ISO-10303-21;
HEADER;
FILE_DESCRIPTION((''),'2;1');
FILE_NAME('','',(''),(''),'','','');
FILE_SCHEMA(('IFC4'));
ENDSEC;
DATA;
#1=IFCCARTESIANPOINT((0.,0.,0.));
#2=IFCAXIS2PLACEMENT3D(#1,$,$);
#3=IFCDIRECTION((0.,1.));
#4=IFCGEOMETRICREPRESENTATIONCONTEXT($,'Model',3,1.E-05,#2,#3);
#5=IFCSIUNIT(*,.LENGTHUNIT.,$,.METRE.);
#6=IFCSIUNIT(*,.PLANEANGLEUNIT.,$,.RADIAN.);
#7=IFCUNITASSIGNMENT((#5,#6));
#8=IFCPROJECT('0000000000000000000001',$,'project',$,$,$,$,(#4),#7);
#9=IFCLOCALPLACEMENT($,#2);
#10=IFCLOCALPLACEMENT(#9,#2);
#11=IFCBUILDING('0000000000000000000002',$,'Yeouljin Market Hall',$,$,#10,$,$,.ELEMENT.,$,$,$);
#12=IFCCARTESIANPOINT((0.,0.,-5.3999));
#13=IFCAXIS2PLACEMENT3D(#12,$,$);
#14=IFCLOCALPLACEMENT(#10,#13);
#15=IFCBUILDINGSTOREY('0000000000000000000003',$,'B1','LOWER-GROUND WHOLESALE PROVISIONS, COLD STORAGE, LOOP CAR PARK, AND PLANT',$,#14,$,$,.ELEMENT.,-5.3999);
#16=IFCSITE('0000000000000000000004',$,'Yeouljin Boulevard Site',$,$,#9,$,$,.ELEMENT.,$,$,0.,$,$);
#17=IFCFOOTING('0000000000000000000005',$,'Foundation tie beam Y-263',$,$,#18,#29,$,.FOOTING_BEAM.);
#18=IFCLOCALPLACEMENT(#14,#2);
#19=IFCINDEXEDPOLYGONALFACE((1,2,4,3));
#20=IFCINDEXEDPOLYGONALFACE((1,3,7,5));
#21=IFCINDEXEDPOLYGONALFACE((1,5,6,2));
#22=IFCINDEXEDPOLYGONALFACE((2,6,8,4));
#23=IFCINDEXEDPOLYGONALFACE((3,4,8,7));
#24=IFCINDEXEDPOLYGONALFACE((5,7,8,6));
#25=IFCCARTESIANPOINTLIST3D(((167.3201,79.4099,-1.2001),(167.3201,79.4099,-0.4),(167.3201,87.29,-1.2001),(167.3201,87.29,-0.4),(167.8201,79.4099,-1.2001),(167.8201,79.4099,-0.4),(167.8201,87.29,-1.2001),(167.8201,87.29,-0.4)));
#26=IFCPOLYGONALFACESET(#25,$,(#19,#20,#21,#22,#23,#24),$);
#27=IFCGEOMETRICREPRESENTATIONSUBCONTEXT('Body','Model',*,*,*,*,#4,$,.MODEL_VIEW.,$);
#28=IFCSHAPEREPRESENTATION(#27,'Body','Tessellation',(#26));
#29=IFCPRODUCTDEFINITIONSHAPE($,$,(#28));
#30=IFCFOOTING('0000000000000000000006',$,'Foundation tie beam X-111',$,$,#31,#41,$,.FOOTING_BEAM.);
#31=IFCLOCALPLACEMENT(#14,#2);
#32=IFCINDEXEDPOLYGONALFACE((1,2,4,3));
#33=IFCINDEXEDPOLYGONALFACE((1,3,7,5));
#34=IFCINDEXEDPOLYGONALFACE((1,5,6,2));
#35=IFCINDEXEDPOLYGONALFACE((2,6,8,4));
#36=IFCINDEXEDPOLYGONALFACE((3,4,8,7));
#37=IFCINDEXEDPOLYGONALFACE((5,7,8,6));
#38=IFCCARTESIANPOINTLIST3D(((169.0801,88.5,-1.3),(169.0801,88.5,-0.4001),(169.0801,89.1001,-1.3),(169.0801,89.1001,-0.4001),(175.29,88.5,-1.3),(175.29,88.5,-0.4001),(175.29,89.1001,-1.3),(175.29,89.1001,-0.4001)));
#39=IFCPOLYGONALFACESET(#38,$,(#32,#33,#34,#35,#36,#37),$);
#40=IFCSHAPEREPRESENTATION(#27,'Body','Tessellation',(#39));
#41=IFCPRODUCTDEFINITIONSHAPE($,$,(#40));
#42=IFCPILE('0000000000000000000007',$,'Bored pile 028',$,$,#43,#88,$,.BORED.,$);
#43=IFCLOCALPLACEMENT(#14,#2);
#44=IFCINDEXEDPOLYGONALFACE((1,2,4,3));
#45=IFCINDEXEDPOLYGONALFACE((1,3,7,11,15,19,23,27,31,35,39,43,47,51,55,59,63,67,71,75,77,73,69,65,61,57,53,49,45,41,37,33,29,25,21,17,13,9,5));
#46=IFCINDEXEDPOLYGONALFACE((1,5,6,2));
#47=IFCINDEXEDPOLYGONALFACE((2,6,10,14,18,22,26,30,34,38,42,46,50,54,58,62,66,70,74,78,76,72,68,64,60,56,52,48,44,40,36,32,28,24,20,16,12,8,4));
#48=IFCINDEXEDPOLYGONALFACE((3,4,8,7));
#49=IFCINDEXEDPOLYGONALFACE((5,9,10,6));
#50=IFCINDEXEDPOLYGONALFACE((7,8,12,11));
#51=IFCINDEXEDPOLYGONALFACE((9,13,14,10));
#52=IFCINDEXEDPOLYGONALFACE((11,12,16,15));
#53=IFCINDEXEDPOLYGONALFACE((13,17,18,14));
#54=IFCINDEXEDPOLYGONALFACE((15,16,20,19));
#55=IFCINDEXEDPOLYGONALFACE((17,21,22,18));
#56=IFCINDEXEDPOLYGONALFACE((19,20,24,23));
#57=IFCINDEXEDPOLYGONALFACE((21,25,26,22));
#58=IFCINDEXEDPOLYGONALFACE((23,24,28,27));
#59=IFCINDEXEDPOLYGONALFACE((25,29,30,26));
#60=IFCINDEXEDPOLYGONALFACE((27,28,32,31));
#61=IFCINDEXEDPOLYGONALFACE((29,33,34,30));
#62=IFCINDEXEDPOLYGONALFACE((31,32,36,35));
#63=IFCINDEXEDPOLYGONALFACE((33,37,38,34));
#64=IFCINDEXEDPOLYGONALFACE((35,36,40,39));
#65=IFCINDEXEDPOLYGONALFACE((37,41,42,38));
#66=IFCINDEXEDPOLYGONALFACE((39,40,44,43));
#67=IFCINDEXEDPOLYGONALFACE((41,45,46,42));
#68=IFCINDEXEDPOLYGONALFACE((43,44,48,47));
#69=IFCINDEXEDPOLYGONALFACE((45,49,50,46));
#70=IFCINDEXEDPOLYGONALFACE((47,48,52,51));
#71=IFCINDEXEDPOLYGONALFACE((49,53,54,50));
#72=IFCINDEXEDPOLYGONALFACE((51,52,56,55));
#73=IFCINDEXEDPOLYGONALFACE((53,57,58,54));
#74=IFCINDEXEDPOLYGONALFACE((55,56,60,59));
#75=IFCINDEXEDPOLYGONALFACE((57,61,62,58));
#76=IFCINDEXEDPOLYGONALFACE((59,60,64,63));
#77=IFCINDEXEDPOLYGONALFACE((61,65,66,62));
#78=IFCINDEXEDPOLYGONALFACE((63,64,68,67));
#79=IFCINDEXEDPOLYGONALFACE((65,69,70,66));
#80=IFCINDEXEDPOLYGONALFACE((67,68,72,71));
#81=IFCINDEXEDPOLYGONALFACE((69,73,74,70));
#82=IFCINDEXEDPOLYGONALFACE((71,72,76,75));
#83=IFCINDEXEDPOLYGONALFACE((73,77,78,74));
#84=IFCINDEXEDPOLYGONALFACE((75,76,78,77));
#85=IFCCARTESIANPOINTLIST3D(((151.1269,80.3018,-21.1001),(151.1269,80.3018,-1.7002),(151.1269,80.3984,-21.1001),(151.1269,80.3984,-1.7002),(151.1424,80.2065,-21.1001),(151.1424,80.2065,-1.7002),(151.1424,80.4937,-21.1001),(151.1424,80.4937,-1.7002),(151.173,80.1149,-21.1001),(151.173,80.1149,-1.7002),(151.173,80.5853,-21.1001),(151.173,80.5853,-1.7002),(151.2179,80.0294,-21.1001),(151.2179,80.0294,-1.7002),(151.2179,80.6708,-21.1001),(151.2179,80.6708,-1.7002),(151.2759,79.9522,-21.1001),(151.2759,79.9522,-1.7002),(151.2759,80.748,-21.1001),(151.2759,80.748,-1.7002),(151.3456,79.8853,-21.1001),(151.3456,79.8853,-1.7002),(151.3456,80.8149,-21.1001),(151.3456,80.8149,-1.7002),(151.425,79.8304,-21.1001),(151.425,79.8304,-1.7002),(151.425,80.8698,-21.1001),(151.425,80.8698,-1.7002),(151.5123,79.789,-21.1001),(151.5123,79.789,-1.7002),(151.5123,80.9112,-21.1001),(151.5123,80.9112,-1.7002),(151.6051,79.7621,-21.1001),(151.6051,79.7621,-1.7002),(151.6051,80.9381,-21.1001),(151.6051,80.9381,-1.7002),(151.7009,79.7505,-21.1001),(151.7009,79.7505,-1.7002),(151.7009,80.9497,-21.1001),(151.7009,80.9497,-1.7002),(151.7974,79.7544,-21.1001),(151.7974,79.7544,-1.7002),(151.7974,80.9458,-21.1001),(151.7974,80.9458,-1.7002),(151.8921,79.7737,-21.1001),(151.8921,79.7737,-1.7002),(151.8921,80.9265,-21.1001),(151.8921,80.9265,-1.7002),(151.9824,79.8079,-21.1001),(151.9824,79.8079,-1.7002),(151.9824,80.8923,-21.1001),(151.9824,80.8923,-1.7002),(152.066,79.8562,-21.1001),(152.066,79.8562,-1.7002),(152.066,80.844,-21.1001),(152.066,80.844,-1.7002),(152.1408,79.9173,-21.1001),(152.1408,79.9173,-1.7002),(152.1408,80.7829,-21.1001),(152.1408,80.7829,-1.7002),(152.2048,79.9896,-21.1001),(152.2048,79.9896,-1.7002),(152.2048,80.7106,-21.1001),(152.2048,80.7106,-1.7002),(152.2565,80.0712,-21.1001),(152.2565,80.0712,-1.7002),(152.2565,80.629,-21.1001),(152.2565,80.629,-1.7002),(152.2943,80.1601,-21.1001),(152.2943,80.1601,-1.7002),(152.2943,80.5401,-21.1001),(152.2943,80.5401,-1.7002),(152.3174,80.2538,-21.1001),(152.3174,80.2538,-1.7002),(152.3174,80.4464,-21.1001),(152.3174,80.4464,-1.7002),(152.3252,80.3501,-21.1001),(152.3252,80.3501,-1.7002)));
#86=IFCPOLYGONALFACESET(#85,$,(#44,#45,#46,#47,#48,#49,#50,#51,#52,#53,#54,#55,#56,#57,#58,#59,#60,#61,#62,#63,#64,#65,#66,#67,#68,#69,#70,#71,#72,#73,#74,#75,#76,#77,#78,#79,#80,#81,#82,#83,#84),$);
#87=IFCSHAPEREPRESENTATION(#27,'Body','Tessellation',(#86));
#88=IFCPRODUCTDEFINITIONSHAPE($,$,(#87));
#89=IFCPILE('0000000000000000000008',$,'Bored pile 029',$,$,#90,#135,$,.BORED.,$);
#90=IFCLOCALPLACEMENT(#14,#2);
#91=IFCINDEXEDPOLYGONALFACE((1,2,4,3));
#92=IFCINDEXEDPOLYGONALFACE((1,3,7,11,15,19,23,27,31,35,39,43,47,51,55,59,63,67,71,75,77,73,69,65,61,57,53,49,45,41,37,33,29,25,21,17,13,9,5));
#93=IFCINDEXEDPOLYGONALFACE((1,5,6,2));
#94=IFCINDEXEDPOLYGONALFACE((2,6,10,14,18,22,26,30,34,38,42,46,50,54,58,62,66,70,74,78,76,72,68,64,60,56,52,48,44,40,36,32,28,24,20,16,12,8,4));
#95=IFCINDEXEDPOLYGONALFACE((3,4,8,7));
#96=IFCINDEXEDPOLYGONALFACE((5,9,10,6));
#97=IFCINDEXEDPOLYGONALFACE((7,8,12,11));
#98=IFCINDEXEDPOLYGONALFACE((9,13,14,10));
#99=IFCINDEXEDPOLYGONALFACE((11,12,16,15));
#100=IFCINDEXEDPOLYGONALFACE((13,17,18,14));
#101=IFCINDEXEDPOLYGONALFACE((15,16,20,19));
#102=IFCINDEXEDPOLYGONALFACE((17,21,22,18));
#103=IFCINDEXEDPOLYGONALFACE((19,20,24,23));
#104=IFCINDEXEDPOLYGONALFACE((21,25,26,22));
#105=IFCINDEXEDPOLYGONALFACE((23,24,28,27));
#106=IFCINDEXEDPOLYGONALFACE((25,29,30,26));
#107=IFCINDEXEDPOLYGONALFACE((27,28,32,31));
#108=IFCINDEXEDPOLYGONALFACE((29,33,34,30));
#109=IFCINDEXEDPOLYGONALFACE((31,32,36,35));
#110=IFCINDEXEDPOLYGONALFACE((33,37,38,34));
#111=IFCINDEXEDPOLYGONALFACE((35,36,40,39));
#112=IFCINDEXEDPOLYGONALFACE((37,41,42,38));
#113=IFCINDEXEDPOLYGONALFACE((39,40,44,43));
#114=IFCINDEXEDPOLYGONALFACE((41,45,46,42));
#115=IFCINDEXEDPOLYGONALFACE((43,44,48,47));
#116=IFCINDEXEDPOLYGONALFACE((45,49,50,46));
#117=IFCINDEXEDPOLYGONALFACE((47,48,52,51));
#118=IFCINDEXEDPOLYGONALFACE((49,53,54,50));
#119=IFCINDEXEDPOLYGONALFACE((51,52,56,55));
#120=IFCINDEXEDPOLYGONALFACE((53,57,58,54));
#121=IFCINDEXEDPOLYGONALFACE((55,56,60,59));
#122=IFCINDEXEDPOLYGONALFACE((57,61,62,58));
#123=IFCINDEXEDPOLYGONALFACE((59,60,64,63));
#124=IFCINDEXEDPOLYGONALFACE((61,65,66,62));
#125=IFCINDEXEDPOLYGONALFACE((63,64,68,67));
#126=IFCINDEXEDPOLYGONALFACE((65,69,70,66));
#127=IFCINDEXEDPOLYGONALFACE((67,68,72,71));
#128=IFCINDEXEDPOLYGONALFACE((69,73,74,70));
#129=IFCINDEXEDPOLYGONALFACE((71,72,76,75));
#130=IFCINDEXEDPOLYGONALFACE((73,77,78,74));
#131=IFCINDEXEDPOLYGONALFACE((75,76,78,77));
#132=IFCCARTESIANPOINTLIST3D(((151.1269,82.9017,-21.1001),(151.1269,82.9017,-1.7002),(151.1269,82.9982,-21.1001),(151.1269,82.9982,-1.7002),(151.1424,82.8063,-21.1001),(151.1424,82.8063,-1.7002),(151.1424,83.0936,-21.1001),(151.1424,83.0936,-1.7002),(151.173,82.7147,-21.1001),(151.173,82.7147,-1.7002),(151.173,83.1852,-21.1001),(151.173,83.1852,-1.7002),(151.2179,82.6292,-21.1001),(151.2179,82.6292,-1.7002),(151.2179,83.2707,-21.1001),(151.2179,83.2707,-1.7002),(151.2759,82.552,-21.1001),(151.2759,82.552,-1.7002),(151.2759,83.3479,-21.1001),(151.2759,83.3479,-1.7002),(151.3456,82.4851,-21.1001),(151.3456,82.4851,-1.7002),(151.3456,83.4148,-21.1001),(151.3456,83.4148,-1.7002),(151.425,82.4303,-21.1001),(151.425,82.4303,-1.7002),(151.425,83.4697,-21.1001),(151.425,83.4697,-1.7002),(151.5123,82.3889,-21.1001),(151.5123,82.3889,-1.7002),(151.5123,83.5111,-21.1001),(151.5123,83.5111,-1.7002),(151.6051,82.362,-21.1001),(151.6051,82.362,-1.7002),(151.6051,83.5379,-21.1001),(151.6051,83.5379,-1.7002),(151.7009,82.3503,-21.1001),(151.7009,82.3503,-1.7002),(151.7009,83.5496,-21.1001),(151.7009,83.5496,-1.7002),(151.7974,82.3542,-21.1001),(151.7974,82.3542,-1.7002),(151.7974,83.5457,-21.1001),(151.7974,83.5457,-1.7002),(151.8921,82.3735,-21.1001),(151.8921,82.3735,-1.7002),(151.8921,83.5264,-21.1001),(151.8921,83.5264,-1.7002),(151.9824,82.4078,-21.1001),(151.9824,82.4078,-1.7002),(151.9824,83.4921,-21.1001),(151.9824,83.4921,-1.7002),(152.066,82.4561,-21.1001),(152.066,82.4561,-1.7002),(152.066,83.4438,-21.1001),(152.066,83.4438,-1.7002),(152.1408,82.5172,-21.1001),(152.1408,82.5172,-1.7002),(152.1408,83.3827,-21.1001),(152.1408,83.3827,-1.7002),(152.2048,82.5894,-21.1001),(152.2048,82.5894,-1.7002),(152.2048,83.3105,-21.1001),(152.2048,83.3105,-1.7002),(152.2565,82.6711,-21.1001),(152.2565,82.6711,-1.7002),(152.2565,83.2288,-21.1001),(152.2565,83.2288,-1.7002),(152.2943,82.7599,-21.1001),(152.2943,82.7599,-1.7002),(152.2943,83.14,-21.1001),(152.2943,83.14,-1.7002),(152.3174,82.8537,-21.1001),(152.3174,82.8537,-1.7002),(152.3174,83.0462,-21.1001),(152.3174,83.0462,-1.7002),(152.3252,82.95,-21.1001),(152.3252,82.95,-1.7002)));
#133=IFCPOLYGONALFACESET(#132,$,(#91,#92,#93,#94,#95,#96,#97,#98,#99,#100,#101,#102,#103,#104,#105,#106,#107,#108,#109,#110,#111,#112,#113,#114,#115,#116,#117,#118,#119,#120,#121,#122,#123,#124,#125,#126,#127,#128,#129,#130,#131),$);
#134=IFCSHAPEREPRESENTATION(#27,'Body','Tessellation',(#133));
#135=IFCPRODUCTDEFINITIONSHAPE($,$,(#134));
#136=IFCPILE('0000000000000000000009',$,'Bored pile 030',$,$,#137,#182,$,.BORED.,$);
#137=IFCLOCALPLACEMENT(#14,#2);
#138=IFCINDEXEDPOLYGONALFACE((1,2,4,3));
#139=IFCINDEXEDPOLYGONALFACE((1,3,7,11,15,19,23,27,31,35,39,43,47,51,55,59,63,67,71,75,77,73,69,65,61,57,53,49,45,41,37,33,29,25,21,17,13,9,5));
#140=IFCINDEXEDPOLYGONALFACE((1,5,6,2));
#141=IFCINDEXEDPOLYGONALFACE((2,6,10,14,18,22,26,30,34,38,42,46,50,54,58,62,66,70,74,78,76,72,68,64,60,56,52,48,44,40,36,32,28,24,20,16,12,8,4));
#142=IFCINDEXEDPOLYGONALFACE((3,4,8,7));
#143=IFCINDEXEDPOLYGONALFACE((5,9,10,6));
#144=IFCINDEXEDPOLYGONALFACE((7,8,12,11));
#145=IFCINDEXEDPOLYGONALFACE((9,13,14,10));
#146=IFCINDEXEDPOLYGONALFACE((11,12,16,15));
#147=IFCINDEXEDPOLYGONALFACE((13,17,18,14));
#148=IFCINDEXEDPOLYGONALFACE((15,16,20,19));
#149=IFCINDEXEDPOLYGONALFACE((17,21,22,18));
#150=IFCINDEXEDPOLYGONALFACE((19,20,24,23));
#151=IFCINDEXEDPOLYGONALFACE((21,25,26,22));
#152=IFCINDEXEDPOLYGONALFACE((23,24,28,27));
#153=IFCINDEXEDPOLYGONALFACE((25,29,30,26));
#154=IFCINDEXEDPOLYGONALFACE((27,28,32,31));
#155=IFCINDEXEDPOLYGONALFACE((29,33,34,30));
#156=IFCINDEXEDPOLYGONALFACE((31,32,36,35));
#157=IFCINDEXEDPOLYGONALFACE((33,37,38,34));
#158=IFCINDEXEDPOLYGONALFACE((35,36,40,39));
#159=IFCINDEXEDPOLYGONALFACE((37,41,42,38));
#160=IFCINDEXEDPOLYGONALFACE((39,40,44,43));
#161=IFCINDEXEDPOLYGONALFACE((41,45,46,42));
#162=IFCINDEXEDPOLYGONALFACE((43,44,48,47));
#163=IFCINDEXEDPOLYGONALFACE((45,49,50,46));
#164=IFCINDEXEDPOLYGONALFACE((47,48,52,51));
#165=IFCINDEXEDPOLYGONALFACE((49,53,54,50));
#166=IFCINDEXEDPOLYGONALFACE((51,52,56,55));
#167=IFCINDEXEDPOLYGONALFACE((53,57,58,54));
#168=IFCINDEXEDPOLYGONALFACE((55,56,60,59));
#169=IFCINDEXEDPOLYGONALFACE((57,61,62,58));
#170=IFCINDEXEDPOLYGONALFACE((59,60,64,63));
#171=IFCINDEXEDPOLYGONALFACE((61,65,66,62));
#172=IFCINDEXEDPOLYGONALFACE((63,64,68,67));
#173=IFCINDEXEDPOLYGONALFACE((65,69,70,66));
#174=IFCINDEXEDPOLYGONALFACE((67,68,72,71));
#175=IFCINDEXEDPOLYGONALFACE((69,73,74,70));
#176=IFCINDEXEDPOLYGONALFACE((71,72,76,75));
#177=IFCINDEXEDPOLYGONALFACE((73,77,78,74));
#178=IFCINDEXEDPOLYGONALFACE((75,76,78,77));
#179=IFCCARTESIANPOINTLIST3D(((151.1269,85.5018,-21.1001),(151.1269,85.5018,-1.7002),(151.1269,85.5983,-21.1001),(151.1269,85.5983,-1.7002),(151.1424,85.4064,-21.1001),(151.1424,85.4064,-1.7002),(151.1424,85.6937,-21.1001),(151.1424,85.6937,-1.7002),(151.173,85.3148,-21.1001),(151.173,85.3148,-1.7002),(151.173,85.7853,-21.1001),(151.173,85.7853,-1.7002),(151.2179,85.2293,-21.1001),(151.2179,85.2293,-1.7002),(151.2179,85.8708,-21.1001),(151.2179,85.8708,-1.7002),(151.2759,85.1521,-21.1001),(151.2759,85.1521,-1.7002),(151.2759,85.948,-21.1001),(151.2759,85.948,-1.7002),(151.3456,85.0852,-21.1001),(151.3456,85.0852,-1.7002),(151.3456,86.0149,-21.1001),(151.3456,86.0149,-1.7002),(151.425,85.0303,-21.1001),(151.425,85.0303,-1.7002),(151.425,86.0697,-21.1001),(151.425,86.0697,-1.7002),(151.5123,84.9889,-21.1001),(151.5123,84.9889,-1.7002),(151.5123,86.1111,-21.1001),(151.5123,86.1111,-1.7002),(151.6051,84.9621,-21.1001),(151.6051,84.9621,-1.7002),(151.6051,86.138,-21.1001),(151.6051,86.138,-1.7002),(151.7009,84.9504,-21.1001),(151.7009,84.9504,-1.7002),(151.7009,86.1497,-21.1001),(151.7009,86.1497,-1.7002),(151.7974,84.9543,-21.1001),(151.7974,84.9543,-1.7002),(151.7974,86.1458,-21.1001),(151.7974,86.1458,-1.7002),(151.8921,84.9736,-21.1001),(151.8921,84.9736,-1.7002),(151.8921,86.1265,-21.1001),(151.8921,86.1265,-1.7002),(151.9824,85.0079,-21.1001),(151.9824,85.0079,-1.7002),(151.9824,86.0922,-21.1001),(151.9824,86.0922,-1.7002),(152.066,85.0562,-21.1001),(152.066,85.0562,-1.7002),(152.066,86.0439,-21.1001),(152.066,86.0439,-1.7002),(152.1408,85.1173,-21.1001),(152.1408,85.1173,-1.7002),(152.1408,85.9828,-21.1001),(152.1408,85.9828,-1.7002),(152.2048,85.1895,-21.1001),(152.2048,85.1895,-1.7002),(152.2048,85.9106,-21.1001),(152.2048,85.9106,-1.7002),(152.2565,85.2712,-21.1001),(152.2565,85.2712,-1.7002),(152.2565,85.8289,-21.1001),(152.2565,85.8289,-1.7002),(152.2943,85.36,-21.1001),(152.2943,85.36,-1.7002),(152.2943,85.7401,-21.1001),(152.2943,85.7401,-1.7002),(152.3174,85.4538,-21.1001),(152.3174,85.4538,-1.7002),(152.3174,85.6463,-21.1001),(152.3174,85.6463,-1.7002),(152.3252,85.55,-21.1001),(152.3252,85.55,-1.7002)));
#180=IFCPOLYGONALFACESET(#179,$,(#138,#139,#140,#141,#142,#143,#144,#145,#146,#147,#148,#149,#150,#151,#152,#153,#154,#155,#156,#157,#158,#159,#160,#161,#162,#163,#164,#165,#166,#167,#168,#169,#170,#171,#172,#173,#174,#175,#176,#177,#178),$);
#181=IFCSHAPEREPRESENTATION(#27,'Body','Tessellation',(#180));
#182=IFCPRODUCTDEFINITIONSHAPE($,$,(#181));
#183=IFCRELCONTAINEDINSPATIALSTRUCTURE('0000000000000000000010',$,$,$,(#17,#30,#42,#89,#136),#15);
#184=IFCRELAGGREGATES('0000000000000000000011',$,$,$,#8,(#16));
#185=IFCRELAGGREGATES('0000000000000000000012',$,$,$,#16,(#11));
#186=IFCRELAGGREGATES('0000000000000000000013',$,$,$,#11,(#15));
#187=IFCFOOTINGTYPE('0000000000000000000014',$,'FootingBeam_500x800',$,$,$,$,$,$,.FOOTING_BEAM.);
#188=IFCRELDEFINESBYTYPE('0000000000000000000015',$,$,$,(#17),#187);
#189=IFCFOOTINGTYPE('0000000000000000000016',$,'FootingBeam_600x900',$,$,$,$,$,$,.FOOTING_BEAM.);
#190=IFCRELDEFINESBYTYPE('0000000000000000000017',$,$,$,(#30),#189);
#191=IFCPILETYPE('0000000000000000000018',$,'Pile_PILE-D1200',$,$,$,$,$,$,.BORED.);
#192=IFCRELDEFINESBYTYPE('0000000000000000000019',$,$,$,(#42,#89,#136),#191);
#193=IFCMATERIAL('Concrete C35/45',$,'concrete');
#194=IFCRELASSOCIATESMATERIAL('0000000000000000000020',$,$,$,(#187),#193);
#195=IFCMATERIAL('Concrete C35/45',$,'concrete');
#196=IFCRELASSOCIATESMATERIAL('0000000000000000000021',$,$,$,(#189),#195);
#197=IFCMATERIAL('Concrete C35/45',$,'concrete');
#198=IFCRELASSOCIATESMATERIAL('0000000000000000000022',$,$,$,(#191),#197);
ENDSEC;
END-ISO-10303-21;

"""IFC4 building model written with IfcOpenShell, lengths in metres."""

from ifc_helpers import new_model, si_unit, direction, frame, origin, origin_2d, place, context, subcontext, project, spatial, rectangle, circle, extrude, material, material_profile, profile_set, type_object, element, save


model = new_model("IFC4")

# Units and contexts
model_context = context("Model", 3, precision=1e-05, world=origin(), true_north=direction((0.0, 1.0)))
body_context = subcontext(model_context, "Body", "Model", "MODEL_VIEW")
ifc_project = project(units=[si_unit("LENGTHUNIT", "METRE"), si_unit("PLANEANGLEUNIT", "RADIAN")], contexts=[model_context])

# Site, building, storey
site_placement = place(None, origin())
site = spatial("IfcSite", under=ifc_project, at=site_placement, Name="Yeouljin Boulevard Site", CompositionType="ELEMENT", RefElevation=0.0)
building_placement = place(site_placement, origin())
building = spatial("IfcBuilding", under=site, at=building_placement, Name="Yeouljin Market Hall", CompositionType="ELEMENT")
storey_placement = place(building_placement, frame((0.0, 0.0, -5.3999)))
storey = spatial("IfcBuildingStorey", under=building, at=storey_placement, Name="B1", Description="LOWER-GROUND WHOLESALE PROVISIONS, COLD STORAGE, LOOP CAR PARK, AND PLANT", CompositionType="ELEMENT", Elevation=-5.3999)

# Footings
ifc_material_1 = material(Name="Concrete C35/45", Category="concrete")
ifc_material_profile_1 = material_profile(ifc_material_1, rectangle(XDim=0.5, YDim=0.8, at=origin_2d()), Name="RC-500x800")
ifc_profile_set_1 = profile_set([ifc_material_profile_1], Name="Concrete C35/45")
footing_type_1 = type_object("IfcFootingType", Name="FootingBeam_500x800", PredefinedType="FOOTING_BEAM", material=ifc_profile_set_1)
footing_1_placement = place(storey_placement, frame((167.5701, 79.4099, -0.8), z_axis=(0.0, 1.0, 0.0), x_axis=(-1.0, 0.0, 0.0)))
element("IfcFooting", 1, at=footing_1_placement, inside=storey, type_object=footing_type_1, Name="Foundation tie beam Y-263", PredefinedType="FOOTING_BEAM", context=body_context, shape_type="SweptSolid", body=[
    extrude(rectangle(XDim=0.5, YDim=0.8, at=origin_2d()), origin(), (0.0, 0.0, 1.0), 7.8801),
])
ifc_material_2 = material(Name="Concrete C35/45", Category="concrete")
ifc_material_profile_2 = material_profile(ifc_material_2, rectangle(XDim=0.6001, YDim=0.8999, at=origin_2d()), Name="RC-600x900")
ifc_profile_set_2 = profile_set([ifc_material_profile_2], Name="Concrete C35/45")
footing_type_2 = type_object("IfcFootingType", Name="FootingBeam_600x900", PredefinedType="FOOTING_BEAM", material=ifc_profile_set_2)
footing_2_placement = place(storey_placement, frame((169.0801, 88.8, -0.8501), z_axis=(1.0, 0.0, 0.0), x_axis=(0.0, 1.0, 0.0)))
element("IfcFooting", 2, at=footing_2_placement, inside=storey, type_object=footing_type_2, Name="Foundation tie beam X-111", PredefinedType="FOOTING_BEAM", context=body_context, shape_type="SweptSolid", body=[
    extrude(rectangle(XDim=0.6001, YDim=0.8999, at=origin_2d()), origin(), (0.0, 0.0, 1.0), 6.21),
])

# Piles
ifc_material_3 = material(Name="Concrete C35/45", Category="concrete")
ifc_material_profile_3 = material_profile(ifc_material_3, circle(Radius=0.6001, at=origin_2d()), Name="PILE-D1200")
ifc_profile_set_3 = profile_set([ifc_material_profile_3], Name="Concrete C35/45")
pile_type = type_object("IfcPileType", Name="Pile_PILE-D1200", PredefinedType="BORED", material=ifc_profile_set_3)
for number, where, z_axis, x_axis, name in (
    (3, (151.7251, 80.3501, -1.7002), (0.0, 0.0, -1.0), (1.0, 0.0, 0.0), "Bored pile 028"),
    (4, (151.7251, 82.95, -1.7002), (0.0, 0.0, -1.0), (1.0, 0.0, 0.0), "Bored pile 029"),
    (5, (151.7251, 85.55, -1.7002), (0.0, 0.0, -1.0), (1.0, 0.0, 0.0), "Bored pile 030"),
):
    element("IfcPile", number, at=place(storey_placement, frame(where, z_axis=z_axis, x_axis=x_axis)), inside=storey, type_object=pile_type, Name=name, PredefinedType="BORED", context=body_context, shape_type="SweptSolid", body=[
        extrude(circle(Radius=0.6001, at=origin_2d()), origin(), (0.0, 0.0, 1.0), 19.3999),
    ])

save(model, "model.ifc")
